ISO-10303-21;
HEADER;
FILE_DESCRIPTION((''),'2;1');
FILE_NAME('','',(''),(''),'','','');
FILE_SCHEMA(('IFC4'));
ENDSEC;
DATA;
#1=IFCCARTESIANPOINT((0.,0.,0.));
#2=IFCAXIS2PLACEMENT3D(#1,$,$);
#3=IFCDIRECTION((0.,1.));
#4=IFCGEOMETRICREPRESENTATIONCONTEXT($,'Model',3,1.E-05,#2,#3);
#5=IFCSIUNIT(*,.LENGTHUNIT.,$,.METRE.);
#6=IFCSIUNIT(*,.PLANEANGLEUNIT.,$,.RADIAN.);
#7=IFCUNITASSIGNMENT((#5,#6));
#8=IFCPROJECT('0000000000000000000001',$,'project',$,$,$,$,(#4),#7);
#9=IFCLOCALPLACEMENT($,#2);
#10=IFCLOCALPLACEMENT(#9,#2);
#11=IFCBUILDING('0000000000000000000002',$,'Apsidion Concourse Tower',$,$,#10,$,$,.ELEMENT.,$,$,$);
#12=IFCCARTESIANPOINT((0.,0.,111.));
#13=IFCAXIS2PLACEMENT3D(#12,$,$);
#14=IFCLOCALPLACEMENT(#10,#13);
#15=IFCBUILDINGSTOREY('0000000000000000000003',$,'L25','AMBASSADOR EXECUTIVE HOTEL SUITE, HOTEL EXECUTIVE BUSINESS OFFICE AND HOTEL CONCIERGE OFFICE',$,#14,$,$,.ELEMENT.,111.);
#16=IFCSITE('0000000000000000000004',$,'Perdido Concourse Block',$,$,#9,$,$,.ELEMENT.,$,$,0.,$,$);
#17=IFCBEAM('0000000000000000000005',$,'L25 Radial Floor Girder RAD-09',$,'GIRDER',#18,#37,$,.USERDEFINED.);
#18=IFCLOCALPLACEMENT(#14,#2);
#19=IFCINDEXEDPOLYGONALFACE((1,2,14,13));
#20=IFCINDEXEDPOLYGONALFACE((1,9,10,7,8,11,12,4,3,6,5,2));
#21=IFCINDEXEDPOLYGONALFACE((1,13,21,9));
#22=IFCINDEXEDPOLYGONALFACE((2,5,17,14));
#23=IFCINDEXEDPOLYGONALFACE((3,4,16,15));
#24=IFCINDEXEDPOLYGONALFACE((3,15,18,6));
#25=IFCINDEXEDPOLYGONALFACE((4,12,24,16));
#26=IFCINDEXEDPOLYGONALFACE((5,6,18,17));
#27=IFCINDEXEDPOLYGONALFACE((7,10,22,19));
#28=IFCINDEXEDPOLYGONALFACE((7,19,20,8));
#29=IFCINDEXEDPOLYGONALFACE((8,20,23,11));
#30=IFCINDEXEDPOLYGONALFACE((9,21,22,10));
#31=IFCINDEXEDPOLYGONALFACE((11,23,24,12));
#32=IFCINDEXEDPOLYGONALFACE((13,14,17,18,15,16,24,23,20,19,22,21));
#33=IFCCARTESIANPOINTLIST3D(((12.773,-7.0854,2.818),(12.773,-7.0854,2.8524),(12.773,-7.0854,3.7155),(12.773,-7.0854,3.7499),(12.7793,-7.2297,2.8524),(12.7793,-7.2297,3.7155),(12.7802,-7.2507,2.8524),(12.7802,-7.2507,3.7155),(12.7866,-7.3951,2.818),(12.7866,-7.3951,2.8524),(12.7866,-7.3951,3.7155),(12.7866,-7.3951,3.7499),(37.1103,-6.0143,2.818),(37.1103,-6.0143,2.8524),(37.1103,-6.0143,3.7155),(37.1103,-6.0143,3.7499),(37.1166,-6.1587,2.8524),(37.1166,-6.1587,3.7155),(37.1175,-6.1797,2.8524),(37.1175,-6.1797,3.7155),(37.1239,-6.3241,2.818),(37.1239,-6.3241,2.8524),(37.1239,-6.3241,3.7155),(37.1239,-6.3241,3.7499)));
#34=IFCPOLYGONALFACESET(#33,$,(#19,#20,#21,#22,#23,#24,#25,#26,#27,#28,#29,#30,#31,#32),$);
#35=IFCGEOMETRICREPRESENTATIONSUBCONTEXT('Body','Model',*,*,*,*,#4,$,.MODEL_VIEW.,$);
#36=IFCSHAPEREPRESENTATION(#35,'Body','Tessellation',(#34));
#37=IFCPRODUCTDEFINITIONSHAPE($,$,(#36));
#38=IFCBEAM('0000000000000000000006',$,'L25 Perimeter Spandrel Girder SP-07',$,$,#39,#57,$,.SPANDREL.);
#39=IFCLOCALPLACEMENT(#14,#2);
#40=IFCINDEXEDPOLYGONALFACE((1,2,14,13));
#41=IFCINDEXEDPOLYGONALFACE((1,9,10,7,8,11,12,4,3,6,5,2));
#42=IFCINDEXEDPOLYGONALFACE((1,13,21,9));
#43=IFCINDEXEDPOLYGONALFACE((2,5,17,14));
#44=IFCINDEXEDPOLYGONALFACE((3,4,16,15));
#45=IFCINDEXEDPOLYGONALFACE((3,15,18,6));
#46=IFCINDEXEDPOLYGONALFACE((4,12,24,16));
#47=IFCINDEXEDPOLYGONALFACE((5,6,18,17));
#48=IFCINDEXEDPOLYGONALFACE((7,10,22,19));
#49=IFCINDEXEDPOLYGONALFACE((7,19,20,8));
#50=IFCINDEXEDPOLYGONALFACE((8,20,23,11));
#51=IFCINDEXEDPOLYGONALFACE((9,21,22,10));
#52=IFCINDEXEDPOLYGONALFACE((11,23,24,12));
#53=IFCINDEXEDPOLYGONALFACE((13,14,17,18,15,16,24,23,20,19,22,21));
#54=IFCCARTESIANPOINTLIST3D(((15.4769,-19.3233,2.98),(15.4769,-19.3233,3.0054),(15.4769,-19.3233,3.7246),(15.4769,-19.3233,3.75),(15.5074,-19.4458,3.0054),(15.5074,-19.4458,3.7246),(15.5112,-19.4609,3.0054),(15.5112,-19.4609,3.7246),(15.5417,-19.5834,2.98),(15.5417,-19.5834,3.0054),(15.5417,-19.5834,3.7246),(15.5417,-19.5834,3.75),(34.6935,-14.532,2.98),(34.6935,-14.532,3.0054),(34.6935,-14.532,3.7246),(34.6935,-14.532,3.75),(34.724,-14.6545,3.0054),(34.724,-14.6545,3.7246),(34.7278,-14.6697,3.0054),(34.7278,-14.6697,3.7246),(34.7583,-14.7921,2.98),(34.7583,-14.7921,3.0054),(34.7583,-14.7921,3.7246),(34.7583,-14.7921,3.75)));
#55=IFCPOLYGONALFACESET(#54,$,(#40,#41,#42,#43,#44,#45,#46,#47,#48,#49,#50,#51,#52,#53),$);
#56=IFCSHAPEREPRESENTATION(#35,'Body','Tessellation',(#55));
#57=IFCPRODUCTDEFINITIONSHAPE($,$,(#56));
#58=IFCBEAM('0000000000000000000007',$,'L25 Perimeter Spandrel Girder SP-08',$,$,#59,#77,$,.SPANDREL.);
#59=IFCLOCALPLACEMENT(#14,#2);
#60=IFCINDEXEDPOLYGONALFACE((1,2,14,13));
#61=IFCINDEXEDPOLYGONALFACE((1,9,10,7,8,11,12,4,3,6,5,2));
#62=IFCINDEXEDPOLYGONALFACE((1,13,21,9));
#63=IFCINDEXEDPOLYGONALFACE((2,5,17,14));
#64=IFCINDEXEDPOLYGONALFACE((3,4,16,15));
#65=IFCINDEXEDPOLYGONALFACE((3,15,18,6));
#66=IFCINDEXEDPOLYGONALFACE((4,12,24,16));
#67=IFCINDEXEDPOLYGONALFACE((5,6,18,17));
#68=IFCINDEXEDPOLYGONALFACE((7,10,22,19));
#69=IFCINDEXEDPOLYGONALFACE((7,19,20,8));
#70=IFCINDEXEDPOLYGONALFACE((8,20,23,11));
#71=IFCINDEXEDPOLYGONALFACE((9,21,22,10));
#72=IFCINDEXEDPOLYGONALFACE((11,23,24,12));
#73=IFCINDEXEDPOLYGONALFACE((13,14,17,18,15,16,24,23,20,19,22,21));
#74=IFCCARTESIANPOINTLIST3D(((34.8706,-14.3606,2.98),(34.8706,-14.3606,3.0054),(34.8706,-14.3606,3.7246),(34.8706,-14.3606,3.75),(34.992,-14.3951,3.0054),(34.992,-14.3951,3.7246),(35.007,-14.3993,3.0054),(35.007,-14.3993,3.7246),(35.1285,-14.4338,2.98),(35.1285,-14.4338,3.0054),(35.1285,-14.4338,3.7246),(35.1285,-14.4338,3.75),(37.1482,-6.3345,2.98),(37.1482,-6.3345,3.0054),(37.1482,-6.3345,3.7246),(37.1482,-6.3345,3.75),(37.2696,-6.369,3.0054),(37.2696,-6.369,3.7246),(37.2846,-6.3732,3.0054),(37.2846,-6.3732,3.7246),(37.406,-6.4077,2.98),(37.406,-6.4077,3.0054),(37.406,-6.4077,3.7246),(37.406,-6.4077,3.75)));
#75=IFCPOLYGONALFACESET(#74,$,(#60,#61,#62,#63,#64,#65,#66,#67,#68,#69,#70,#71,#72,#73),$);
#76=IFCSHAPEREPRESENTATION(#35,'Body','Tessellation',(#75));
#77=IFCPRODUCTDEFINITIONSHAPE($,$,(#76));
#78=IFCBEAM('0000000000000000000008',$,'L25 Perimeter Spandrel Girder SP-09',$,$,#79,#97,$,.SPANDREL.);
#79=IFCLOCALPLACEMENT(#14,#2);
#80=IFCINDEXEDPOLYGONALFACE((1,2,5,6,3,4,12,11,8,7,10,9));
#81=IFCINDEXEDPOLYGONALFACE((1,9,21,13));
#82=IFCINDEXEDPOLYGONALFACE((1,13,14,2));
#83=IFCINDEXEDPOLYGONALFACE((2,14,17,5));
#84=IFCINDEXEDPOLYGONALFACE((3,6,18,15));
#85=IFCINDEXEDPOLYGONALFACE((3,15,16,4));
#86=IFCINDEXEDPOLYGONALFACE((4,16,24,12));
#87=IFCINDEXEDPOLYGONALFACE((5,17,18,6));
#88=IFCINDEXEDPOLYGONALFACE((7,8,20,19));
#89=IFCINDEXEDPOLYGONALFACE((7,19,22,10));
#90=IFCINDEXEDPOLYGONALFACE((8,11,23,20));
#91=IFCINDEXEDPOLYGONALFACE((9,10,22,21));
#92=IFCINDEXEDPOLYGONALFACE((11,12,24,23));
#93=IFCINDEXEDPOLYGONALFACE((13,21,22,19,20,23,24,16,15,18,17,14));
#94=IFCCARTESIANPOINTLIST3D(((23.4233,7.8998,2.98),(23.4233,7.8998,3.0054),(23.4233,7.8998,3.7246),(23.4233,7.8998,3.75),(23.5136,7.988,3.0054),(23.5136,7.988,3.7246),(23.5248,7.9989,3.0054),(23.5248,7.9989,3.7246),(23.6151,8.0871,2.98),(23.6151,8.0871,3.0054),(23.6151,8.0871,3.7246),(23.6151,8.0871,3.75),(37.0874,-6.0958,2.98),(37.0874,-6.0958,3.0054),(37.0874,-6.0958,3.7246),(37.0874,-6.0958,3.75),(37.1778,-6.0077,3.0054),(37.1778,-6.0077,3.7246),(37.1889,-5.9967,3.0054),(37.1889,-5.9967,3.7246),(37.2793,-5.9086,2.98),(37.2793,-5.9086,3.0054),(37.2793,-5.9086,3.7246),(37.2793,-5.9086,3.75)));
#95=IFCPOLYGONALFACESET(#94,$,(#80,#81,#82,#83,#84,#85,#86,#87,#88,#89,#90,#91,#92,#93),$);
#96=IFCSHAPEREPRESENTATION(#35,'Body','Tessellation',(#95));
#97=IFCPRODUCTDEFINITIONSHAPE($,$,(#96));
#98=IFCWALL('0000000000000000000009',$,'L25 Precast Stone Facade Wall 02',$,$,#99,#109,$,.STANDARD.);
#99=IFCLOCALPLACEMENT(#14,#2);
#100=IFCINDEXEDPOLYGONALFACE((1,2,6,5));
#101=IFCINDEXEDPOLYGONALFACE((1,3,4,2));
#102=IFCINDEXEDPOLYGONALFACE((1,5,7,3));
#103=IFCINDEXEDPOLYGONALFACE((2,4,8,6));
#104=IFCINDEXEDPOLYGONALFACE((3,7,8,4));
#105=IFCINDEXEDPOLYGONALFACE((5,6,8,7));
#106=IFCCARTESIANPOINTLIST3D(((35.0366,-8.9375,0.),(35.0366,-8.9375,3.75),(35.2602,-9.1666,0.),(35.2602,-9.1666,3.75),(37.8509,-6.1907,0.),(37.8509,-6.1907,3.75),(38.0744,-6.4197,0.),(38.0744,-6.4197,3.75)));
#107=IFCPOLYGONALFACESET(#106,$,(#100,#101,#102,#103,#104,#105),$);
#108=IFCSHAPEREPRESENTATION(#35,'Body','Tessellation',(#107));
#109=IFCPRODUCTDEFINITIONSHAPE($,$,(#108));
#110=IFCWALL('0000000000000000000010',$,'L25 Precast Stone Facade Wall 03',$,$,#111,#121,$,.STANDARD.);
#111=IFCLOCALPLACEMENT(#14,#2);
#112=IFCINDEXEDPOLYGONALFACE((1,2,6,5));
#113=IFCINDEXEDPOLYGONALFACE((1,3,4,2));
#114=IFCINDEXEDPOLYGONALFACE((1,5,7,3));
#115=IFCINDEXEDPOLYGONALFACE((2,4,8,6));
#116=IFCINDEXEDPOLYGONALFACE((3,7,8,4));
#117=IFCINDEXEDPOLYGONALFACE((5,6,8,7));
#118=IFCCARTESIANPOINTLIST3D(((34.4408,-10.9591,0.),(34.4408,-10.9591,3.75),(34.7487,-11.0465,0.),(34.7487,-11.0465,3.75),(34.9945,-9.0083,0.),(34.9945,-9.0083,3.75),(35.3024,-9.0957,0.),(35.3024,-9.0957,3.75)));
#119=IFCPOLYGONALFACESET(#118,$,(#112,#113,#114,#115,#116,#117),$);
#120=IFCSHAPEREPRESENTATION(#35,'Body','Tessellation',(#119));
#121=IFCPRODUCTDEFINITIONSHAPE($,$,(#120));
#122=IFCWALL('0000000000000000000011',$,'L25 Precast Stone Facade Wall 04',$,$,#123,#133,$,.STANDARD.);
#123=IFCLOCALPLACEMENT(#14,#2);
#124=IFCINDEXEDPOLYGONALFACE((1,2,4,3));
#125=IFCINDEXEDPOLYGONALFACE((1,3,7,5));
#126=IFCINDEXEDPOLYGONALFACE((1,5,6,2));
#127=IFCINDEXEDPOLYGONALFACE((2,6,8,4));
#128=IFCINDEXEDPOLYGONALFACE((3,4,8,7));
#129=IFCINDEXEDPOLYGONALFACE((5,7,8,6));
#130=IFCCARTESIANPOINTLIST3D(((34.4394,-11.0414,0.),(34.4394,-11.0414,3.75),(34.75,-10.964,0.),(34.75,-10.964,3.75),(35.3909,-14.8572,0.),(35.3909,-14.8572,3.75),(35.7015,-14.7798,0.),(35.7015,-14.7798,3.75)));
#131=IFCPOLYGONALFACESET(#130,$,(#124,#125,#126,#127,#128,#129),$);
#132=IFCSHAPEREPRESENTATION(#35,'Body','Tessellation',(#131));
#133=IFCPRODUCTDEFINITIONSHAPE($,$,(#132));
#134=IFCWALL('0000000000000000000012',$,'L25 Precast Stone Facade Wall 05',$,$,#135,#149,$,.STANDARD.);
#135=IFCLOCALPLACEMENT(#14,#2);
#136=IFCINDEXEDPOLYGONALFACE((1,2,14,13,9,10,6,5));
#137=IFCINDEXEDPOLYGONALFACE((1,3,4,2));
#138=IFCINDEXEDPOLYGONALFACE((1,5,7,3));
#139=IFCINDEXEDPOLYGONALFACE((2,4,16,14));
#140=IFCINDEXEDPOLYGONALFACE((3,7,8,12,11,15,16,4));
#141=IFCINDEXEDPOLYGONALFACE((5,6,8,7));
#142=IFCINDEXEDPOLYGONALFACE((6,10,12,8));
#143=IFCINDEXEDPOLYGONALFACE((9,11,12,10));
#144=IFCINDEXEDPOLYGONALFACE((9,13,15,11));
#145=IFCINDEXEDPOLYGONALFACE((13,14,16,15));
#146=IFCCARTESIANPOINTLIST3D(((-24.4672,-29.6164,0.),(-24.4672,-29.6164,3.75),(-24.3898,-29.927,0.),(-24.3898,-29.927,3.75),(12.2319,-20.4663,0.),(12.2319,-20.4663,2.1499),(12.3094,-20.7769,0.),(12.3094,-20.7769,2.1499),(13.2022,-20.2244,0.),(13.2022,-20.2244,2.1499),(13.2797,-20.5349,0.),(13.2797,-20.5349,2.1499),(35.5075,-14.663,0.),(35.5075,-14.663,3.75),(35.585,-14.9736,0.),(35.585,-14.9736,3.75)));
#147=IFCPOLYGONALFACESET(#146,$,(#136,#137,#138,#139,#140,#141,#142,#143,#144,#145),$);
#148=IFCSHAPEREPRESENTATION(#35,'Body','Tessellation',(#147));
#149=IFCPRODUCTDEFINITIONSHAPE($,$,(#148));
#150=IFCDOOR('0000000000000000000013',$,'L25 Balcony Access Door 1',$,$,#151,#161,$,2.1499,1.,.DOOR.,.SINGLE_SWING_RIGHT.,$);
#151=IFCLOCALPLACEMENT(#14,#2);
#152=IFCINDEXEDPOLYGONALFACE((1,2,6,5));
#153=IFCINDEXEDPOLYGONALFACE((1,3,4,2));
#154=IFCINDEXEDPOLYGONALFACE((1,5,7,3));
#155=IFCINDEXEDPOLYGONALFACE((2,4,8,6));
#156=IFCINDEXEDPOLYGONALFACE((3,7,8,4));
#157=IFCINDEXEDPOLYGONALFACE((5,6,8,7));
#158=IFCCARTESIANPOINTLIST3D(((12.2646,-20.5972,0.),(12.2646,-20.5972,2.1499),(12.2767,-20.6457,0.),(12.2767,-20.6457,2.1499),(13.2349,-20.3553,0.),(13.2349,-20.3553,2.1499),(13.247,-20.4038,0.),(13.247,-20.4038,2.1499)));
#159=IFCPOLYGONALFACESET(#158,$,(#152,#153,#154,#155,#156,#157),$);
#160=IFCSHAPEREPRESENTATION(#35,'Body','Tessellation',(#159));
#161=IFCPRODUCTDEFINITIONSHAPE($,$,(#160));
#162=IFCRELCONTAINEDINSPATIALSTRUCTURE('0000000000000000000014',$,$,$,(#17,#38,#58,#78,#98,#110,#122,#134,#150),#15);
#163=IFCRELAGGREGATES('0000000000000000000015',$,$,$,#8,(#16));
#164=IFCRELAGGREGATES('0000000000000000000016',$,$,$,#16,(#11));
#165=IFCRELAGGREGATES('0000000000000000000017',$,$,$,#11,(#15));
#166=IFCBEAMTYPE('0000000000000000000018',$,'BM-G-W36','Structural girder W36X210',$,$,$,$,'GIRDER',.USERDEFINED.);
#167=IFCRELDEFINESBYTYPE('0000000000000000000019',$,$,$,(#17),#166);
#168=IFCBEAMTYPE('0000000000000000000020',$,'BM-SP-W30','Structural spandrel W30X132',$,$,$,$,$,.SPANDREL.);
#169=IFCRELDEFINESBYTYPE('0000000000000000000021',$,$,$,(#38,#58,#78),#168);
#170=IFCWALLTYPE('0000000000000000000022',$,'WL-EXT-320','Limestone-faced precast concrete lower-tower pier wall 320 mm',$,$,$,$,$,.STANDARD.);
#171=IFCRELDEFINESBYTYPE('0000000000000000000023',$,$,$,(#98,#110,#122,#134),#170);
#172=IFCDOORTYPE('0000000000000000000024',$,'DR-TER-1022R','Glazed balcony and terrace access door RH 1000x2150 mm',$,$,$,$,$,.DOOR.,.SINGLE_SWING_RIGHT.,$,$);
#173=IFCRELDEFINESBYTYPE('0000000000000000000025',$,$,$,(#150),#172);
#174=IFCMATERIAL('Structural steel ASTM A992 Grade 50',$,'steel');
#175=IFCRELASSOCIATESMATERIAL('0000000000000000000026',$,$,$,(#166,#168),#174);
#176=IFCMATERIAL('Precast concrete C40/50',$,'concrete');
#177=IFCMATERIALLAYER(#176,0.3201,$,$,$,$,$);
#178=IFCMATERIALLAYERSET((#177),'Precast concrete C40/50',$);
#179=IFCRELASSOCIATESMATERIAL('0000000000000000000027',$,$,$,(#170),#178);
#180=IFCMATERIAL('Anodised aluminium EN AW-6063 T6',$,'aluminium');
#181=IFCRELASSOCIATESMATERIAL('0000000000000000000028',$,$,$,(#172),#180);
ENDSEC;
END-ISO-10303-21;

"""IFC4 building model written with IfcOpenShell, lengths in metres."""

from ifc_helpers import new_model, si_unit, direction, frame, frame_2d, origin, origin_2d, place, context, subcontext, project, spatial, rectangle, i_section, extrude, material, layer, layer_set, material_profile, profile_set, type_object, element, fill, save


model = new_model("IFC4")

# Units and contexts
model_context = context("Model", 3, precision=1e-05, world=origin(), true_north=direction((0.0, 1.0)))
body_context = subcontext(model_context, "Body", "Model", "MODEL_VIEW")
ifc_project = project(units=[si_unit("LENGTHUNIT", "METRE"), si_unit("PLANEANGLEUNIT", "RADIAN")], contexts=[model_context])

# Site, building, storey
site_placement = place(None, origin())
site = spatial("IfcSite", under=ifc_project, at=site_placement, Name="Perdido Concourse Block", CompositionType="ELEMENT", RefElevation=0.0)
building_placement = place(site_placement, origin())
building = spatial("IfcBuilding", under=site, at=building_placement, Name="Apsidion Concourse Tower", CompositionType="ELEMENT")
storey_placement = place(building_placement, frame((0.0, 0.0, 111.0)))
storey = spatial("IfcBuildingStorey", under=building, at=storey_placement, Name="L25", Description="AMBASSADOR EXECUTIVE HOTEL SUITE, HOTEL EXECUTIVE BUSINESS OFFICE AND HOTEL CONCIERGE OFFICE", CompositionType="ELEMENT", Elevation=111.0)

# Beams
ifc_material_1 = material(Name="Structural steel ASTM A992 Grade 50", Category="steel")
ifc_material_profile_1 = material_profile(ifc_material_1, i_section(OverallWidth=0.3101, OverallDepth=0.9319, WebThickness=0.021, FlangeThickness=0.0344, at=origin_2d()), Name="W36X210")
ifc_profile_set_1 = profile_set([ifc_material_profile_1], Name="Structural steel ASTM A992 Grade 50")
beam_type_1 = type_object("IfcBeamType", Name="BM-G-W36", Description="Structural girder W36X210", ElementType="GIRDER", PredefinedType="USERDEFINED", material=ifc_profile_set_1)
beam_1_placement = place(storey_placement, frame((12.7798, -7.2402, 3.2839), z_axis=(0.999033, 0.043966, 0.0), x_axis=(-0.043966, 0.999033, 0.0)))
element("IfcBeam", 1, at=beam_1_placement, inside=storey, type_object=beam_type_1, Name="L25 Radial Floor Girder RAD-09", ObjectType="GIRDER", PredefinedType="USERDEFINED", context=body_context, shape_type="SweptSolid", body=[
    extrude(i_section(OverallWidth=0.3101, OverallDepth=0.9319, WebThickness=0.021, FlangeThickness=0.0344, at=origin_2d()), origin(), (0.0, 0.0, 1.0), 24.3608),
])
ifc_material_profile_2 = material_profile(ifc_material_1, i_section(OverallWidth=0.2681, OverallDepth=0.77, WebThickness=0.0156, FlangeThickness=0.0254, at=origin_2d()), Name="W30X132")
ifc_profile_set_2 = profile_set([ifc_material_profile_2], Name="Structural steel ASTM A992 Grade 50")
beam_type_2 = type_object("IfcBeamType", Name="BM-SP-W30", Description="Structural spandrel W30X132", PredefinedType="SPANDREL", material=ifc_profile_set_2)
beam_2_placement = place(storey_placement, frame((15.5093, -19.4534, 3.365), z_axis=(0.970295, 0.241924, 0.0), x_axis=(-0.241924, 0.970295, 0.0)))
element("IfcBeam", 2, at=beam_2_placement, inside=storey, type_object=beam_type_2, Name="L25 Perimeter Spandrel Girder SP-07", PredefinedType="SPANDREL", context=body_context, shape_type="SweptSolid", body=[
    extrude(i_section(OverallWidth=0.2681, OverallDepth=0.77, WebThickness=0.0156, FlangeThickness=0.0254, at=origin_2d()), origin(), (0.0, 0.0, 1.0), 19.8049),
])
beam_3_placement = place(storey_placement, frame((34.9995, -14.3972, 3.365), z_axis=(0.272993, 0.962016, 0.0), x_axis=(-0.962016, 0.272993, 0.0)))
element("IfcBeam", 3, at=beam_3_placement, inside=storey, type_object=beam_type_2, Name="L25 Perimeter Spandrel Girder SP-08", PredefinedType="SPANDREL", context=body_context, shape_type="SweptSolid", body=[
    extrude(i_section(OverallWidth=0.2681, OverallDepth=0.77, WebThickness=0.0156, FlangeThickness=0.0254, at=origin_2d()), origin(), (0.0, 0.0, 1.0), 8.343),
])
beam_4_placement = place(storey_placement, frame((37.1833, -6.0022, 3.365), z_axis=(-0.698581, 0.715531, 0.0), x_axis=(-0.715531, -0.698581, 0.0)))
element("IfcBeam", 4, at=beam_4_placement, inside=storey, type_object=beam_type_2, Name="L25 Perimeter Spandrel Girder SP-09", PredefinedType="SPANDREL", context=body_context, shape_type="SweptSolid", body=[
    extrude(i_section(OverallWidth=0.2681, OverallDepth=0.77, WebThickness=0.0156, FlangeThickness=0.0254, at=origin_2d()), origin(), (0.0, 0.0, 1.0), 19.5598),
])

# Walls
ifc_material_2 = material(Name="Precast concrete C40/50", Category="concrete")
ifc_layer_1 = layer(ifc_material_2, 0.3201)
ifc_layer_set_1 = layer_set([ifc_layer_1], Name="Precast concrete C40/50")
wall_type_1 = type_object("IfcWallType", Name="WL-EXT-320", Description="Limestone-faced precast concrete lower-tower pier wall 320 mm", PredefinedType="STANDARD", material=ifc_layer_set_1)
wall_1_placement = place(storey_placement, frame((37.9626, -6.3052, 0.0), z_axis=(0.0, 0.0, 1.0), x_axis=(-0.715622, -0.698488, 0.0)))
element("IfcWall", 5, at=wall_1_placement, inside=storey, type_object=wall_type_1, Name="L25 Precast Stone Facade Wall 02", PredefinedType="STANDARD", context=body_context, shape_type="SweptSolid", body=[
    extrude(rectangle(XDim=3.9326, YDim=0.3201, at=frame_2d((1.9663, 0.0))), origin(), (0.0, 0.0, 1.0), 3.75),
])
wall_2_placement = place(storey_placement, frame((35.1484, -9.052, 0.0), z_axis=(0.0, 0.0, 1.0), x_axis=(-0.273067, -0.961995, 0.0)))
element("IfcWall", 6, at=wall_2_placement, inside=storey, type_object=wall_type_1, Name="L25 Precast Stone Facade Wall 03", PredefinedType="STANDARD", context=body_context, shape_type="SweptSolid", body=[
    extrude(rectangle(XDim=2.0278, YDim=0.3201, at=frame_2d((1.0139, 0.0))), origin(), (0.0, 0.0, 1.0), 3.75),
])
wall_3_placement = place(storey_placement, frame((34.5947, -11.0027, 0.0), z_axis=(0.0, 0.0, 1.0), x_axis=(0.241937, -0.970292, 0.0)))
element("IfcWall", 7, at=wall_3_placement, inside=storey, type_object=wall_type_1, Name="L25 Precast Stone Facade Wall 04", PredefinedType="STANDARD", context=body_context, shape_type="SweptSolid", body=[
    extrude(rectangle(XDim=3.9326, YDim=0.3201, at=frame_2d((1.9663, 0.0))), origin(), (0.0, 0.0, 1.0), 3.75),
])

# Wall, opening, door
wall_4_placement = place(storey_placement, frame((35.5461, -14.8184, 0.0), z_axis=(0.0, 0.0, 1.0), x_axis=(-0.970296, -0.241921, 0.0)))
wall_4 = element("IfcWall", 8, at=wall_4_placement, inside=storey, type_object=wall_type_1, Name="L25 Precast Stone Facade Wall 05", PredefinedType="STANDARD", context=body_context, shape_type="SweptSolid", body=[
    extrude(rectangle(XDim=61.8108, YDim=0.3201, at=frame_2d((30.9053, 0.0))), origin(), (0.0, 0.0, 1.0), 3.75),
])
opening_1_placement = place(wall_4_placement, frame((22.988, 0.0, 0.0)))
opening_1 = element("IfcOpeningElement", 9, at=opening_1_placement, cuts=wall_4, PredefinedType="OPENING", context=body_context, shape_type="SweptSolid", body=[
    extrude(rectangle(XDim=1.0, YDim=2.1499, at=frame_2d((0.5, 1.075))), frame((0.0, 0.1699, 0.0), z_axis=(0.0, -1.0, 0.0), x_axis=(1.0, 0.0, 0.0)), (0.0, 0.0, 1.0), 0.3401),
])
ifc_material_3 = material(Name="Anodised aluminium EN AW-6063 T6", Category="aluminium")
door_type_1 = type_object("IfcDoorType", Name="DR-TER-1022R", Description="Glazed balcony and terrace access door RH 1000x2150 mm", OperationType="SINGLE_SWING_RIGHT", PredefinedType="DOOR", material=ifc_material_3)
door_1_placement = place(opening_1_placement, origin())
door_1 = element("IfcDoor", 10, at=door_1_placement, inside=storey, type_object=door_type_1, Name="L25 Balcony Access Door 1", OperationType="SINGLE_SWING_RIGHT", OverallHeight=2.1499, OverallWidth=1.0, PredefinedType="DOOR", context=body_context, shape_type="SweptSolid", body=[
    extrude(rectangle(XDim=1.0, YDim=2.1499, at=frame_2d((0.5, 1.075))), frame((0.0, 0.0249, 0.0), z_axis=(0.0, -1.0, 0.0), x_axis=(1.0, 0.0, 0.0)), (0.0, 0.0, 1.0), 0.05),
])
fill(opening_1, door_1)

save(model, "model.ifc")
